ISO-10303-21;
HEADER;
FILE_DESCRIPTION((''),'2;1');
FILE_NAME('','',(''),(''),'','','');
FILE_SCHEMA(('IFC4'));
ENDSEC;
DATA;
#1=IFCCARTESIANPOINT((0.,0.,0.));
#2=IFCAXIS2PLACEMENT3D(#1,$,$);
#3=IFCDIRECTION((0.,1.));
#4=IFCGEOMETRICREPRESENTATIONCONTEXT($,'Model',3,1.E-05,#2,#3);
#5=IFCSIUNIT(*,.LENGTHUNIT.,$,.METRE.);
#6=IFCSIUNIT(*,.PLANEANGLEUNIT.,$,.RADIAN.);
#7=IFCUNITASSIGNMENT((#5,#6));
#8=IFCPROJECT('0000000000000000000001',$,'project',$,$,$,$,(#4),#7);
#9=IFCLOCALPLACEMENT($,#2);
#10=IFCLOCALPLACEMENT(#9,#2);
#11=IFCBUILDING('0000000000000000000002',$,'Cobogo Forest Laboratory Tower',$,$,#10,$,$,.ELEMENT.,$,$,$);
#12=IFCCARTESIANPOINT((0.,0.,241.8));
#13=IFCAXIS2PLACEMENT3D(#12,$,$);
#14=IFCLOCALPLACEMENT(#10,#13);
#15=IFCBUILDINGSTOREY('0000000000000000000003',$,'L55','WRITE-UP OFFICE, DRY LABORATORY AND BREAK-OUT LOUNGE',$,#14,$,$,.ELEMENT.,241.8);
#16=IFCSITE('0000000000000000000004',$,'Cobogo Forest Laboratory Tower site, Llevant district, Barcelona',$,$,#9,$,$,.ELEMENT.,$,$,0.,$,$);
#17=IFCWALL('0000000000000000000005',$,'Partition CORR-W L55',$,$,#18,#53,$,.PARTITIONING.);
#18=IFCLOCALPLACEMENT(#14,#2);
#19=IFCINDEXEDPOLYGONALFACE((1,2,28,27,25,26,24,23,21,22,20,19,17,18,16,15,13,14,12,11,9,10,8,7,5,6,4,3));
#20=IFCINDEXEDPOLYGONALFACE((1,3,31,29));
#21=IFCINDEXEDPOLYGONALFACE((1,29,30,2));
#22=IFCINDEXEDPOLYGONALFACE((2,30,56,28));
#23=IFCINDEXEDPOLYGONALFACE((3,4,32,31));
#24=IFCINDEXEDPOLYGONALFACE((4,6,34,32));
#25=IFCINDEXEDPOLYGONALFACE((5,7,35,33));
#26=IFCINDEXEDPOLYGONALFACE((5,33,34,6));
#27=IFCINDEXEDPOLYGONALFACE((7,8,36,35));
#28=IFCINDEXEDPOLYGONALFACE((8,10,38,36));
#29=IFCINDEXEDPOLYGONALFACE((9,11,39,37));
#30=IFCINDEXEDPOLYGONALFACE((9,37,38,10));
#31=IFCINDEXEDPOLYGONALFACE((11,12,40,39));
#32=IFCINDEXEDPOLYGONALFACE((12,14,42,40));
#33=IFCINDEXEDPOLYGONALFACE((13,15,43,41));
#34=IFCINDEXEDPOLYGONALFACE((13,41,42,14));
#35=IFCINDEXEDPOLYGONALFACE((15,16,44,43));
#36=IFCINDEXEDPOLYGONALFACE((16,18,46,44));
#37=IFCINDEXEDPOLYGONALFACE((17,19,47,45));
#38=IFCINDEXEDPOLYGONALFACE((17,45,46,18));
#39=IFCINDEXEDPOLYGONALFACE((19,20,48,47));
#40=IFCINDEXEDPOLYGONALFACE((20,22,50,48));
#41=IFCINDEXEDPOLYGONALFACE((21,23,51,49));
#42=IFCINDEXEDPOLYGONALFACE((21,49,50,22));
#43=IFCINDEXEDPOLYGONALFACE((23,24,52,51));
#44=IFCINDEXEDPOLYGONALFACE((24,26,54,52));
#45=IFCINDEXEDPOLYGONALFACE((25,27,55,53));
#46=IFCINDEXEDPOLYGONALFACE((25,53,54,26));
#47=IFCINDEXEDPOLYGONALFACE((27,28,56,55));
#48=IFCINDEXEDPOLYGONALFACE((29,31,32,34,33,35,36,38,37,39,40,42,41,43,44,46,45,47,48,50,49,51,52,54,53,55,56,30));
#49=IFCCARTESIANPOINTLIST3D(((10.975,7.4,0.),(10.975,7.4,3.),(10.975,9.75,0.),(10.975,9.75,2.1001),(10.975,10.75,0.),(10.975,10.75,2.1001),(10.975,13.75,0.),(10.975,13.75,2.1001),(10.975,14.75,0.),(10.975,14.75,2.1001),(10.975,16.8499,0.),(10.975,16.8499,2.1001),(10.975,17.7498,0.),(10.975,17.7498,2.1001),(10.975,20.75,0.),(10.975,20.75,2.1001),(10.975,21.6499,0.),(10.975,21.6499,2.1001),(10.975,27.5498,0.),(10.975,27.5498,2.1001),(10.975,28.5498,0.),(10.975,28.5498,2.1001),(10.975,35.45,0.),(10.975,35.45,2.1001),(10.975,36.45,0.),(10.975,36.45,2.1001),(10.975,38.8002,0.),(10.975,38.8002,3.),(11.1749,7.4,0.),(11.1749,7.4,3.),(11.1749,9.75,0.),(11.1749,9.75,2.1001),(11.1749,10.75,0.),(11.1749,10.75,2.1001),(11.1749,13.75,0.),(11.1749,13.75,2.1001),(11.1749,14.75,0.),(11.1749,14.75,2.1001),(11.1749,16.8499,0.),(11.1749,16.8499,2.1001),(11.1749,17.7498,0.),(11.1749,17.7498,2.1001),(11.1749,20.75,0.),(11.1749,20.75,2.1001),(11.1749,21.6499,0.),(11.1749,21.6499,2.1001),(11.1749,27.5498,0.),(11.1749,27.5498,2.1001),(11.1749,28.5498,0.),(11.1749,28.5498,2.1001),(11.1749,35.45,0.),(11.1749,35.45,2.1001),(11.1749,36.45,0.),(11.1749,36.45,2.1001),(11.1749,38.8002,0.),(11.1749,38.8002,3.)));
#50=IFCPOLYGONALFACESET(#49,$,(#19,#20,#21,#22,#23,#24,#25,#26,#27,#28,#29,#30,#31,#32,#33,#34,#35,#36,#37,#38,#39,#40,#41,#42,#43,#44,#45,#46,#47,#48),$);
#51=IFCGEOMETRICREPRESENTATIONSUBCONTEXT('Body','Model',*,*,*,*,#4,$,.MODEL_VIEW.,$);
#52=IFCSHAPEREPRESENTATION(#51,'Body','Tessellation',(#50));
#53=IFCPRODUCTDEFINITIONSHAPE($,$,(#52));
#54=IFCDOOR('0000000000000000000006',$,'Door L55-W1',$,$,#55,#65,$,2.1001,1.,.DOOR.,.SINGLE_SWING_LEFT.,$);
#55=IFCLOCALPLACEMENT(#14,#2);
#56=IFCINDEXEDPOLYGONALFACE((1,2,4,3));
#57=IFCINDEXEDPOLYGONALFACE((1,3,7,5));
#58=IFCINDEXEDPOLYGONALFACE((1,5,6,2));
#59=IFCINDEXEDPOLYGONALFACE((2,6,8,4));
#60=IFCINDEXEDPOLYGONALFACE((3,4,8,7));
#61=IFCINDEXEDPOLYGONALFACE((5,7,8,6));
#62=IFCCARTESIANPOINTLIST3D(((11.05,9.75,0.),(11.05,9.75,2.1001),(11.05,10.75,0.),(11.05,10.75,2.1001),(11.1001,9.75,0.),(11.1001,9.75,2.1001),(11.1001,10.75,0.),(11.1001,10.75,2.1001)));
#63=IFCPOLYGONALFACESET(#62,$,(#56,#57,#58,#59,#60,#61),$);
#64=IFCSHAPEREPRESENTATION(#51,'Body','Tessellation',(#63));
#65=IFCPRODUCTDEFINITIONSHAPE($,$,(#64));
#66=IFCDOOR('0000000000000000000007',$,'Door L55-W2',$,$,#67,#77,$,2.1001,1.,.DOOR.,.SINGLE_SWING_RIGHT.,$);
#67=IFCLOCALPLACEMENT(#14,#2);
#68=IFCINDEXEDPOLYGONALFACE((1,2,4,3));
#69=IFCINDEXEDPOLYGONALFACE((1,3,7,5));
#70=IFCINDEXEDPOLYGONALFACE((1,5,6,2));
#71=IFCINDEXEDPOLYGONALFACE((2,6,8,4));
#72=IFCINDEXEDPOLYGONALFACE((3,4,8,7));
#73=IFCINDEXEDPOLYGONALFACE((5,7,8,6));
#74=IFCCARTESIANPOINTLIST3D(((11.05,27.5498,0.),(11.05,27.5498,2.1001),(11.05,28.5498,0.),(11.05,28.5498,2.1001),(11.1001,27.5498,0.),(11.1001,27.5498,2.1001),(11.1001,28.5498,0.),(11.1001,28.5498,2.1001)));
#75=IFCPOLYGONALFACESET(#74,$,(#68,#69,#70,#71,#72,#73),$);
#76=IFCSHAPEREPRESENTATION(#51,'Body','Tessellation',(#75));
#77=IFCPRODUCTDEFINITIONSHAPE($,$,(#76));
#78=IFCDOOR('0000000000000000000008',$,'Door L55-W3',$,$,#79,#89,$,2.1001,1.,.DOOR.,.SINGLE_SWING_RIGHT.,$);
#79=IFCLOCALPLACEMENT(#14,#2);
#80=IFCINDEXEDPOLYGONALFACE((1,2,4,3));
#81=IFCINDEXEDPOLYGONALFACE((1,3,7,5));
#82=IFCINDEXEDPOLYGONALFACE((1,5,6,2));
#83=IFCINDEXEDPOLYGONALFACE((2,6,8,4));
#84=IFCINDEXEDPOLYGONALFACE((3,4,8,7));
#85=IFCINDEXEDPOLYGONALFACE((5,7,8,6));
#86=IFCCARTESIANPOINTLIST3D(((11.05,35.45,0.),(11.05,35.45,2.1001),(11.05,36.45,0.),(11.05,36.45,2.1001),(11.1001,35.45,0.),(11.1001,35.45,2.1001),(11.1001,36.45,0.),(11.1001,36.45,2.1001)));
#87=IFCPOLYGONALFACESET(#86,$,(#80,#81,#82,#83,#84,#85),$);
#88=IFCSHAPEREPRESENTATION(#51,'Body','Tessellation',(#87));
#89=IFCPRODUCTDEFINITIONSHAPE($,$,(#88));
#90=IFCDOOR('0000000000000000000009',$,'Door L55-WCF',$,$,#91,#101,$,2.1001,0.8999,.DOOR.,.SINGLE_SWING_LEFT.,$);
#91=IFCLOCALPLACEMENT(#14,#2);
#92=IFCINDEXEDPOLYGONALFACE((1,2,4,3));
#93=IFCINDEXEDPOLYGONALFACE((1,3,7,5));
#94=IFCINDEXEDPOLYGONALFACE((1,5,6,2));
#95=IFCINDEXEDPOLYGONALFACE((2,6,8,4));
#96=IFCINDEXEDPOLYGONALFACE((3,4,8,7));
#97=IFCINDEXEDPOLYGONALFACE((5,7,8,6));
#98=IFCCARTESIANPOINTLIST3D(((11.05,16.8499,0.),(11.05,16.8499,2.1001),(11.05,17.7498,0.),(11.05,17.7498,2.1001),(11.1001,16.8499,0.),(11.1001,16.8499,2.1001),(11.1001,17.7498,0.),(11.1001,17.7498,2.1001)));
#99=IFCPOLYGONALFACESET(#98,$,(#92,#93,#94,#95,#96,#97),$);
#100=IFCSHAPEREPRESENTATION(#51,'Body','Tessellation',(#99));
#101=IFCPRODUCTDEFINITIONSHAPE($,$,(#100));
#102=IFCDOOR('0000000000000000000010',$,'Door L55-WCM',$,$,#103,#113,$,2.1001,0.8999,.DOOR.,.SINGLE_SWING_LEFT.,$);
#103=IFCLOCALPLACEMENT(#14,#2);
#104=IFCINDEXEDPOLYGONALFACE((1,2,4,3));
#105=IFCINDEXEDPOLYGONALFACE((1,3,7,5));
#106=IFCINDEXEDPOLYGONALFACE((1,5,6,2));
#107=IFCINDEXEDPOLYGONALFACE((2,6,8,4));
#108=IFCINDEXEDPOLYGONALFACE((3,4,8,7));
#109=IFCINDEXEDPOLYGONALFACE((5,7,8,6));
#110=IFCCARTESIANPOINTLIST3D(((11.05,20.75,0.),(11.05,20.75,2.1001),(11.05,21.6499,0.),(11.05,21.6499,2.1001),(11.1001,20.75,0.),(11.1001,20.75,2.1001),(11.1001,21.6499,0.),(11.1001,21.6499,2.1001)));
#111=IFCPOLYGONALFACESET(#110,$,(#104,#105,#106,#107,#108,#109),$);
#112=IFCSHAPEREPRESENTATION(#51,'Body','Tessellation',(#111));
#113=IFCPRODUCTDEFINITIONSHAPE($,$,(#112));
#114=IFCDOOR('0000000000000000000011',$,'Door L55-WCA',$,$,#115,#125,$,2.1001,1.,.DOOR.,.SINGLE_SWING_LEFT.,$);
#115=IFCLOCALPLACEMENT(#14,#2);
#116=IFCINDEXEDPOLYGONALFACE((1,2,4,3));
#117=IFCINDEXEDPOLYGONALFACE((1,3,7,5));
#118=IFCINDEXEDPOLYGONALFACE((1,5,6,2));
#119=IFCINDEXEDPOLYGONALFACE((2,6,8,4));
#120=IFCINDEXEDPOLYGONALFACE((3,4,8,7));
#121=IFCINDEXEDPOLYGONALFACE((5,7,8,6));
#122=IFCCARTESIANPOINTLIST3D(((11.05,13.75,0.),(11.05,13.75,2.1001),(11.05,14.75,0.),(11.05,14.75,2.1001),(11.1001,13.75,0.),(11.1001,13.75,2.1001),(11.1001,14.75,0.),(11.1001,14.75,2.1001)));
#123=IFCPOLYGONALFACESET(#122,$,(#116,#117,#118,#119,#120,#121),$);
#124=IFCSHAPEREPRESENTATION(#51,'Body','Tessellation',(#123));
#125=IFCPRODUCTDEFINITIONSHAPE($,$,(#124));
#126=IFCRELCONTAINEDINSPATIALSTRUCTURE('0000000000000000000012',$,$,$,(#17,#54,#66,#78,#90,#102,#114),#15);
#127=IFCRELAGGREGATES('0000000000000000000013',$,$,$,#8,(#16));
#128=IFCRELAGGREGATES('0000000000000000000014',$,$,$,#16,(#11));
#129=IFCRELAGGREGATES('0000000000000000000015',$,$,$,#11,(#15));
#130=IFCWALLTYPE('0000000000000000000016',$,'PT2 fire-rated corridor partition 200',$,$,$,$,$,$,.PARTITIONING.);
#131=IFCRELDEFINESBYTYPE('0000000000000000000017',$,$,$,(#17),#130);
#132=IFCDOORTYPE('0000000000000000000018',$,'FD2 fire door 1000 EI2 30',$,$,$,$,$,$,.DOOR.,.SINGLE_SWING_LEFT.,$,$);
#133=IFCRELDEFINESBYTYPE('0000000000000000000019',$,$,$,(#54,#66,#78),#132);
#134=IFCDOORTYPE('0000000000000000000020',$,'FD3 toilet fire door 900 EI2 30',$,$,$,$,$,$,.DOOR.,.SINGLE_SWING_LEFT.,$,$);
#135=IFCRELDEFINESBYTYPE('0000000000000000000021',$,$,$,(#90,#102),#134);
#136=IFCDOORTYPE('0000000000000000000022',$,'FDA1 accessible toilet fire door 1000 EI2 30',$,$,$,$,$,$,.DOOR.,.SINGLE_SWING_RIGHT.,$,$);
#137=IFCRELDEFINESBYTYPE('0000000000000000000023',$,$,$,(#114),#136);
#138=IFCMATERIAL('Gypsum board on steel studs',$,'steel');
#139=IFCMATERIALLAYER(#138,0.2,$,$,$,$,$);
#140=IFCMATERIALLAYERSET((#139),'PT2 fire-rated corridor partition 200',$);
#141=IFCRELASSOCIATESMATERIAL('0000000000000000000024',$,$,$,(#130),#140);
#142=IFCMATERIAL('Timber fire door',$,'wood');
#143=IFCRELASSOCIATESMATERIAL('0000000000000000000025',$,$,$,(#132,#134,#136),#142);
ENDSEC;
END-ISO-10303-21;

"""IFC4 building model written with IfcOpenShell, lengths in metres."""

from ifc_helpers import new_model, si_unit, direction, frame, frame_2d, origin, place, context, subcontext, project, spatial, rectangle, extrude, material, layer, layer_set, type_object, element, fill, save


model = new_model("IFC4")

# Units and contexts
model_context = context("Model", 3, precision=1e-05, world=origin(), true_north=direction((0.0, 1.0)))
body_context = subcontext(model_context, "Body", "Model", "MODEL_VIEW")
ifc_project = project(units=[si_unit("LENGTHUNIT", "METRE"), si_unit("PLANEANGLEUNIT", "RADIAN")], contexts=[model_context])

# Site, building, storey
site_placement = place(None, origin())
site = spatial("IfcSite", under=ifc_project, at=site_placement, Name="Cobogo Forest Laboratory Tower site, Llevant district, Barcelona", CompositionType="ELEMENT", RefElevation=0.0)
building_placement = place(site_placement, origin())
building = spatial("IfcBuilding", under=site, at=building_placement, Name="Cobogo Forest Laboratory Tower", CompositionType="ELEMENT")
storey_placement = place(building_placement, frame((0.0, 0.0, 241.8)))
storey = spatial("IfcBuildingStorey", under=building, at=storey_placement, Name="L55", Description="WRITE-UP OFFICE, DRY LABORATORY AND BREAK-OUT LOUNGE", CompositionType="ELEMENT", Elevation=241.8)

# Shared definitions
ifc_material_1 = material(Name="Gypsum board on steel studs", Category="steel")

# Wall, openings, doors
ifc_layer_1 = layer(ifc_material_1, 0.2)
ifc_layer_set_1 = layer_set([ifc_layer_1], Name="PT2 fire-rated corridor partition 200")
wall_type_1 = type_object("IfcWallType", Name="PT2 fire-rated corridor partition 200", PredefinedType="PARTITIONING", material=ifc_layer_set_1)
ifc_material_2 = material(Name="Timber fire door", Category="wood")
door_type_1 = type_object("IfcDoorType", Name="FD2 fire door 1000 EI2 30", OperationType="SINGLE_SWING_LEFT", PredefinedType="DOOR", material=ifc_material_2)
wall_1_placement = place(storey_placement, frame((11.075, 7.3999, 0.0), z_axis=(0.0, 0.0, 1.0), x_axis=(0.0, 1.0, 0.0)))
wall_1 = element("IfcWall", 1, at=wall_1_placement, inside=storey, type_object=wall_type_1, Name="Partition CORR-W L55", PredefinedType="PARTITIONING", context=body_context, shape_type="SweptSolid", body=[
    extrude(rectangle(XDim=31.4001, YDim=0.2, at=frame_2d((15.7002, 0.0))), origin(), (0.0, 0.0, 1.0), 3.0),
])
opening_1_placement = place(wall_1_placement, frame((2.3501, 0.0, 0.0)))
opening_1 = element("IfcOpeningElement", 2, at=opening_1_placement, cuts=wall_1, PredefinedType="OPENING", context=body_context, shape_type="SweptSolid", body=[
    extrude(rectangle(XDim=1.0, YDim=2.1001, at=frame_2d((0.5, 1.05))), frame((0.0, 0.1099, 0.0), z_axis=(0.0, -1.0, 0.0), x_axis=(1.0, 0.0, 0.0)), (0.0, 0.0, 1.0), 0.22),
])
opening_2_placement = place(wall_1_placement, frame((6.3501, 0.0, 0.0)))
opening_2 = element("IfcOpeningElement", 3, at=opening_2_placement, cuts=wall_1, PredefinedType="OPENING", context=body_context, shape_type="SweptSolid", body=[
    extrude(rectangle(XDim=1.0, YDim=2.1001, at=frame_2d((0.5, 1.05))), frame((0.0, 0.1099, 0.0), z_axis=(0.0, -1.0, 0.0), x_axis=(1.0, 0.0, 0.0)), (0.0, 0.0, 1.0), 0.22),
])
opening_3_placement = place(wall_1_placement, frame((9.45, 0.0, 0.0)))
opening_3 = element("IfcOpeningElement", 4, at=opening_3_placement, cuts=wall_1, PredefinedType="OPENING", context=body_context, shape_type="SweptSolid", body=[
    extrude(rectangle(XDim=0.8999, YDim=2.1001, at=frame_2d((0.45, 1.05))), frame((0.0, 0.1099, 0.0), z_axis=(0.0, -1.0, 0.0), x_axis=(1.0, 0.0, 0.0)), (0.0, 0.0, 1.0), 0.22),
])
opening_4_placement = place(wall_1_placement, frame((13.3501, 0.0, 0.0)))
opening_4 = element("IfcOpeningElement", 5, at=opening_4_placement, cuts=wall_1, PredefinedType="OPENING", context=body_context, shape_type="SweptSolid", body=[
    extrude(rectangle(XDim=0.8999, YDim=2.1001, at=frame_2d((0.45, 1.05))), frame((0.0, 0.1099, 0.0), z_axis=(0.0, -1.0, 0.0), x_axis=(1.0, 0.0, 0.0)), (0.0, 0.0, 1.0), 0.22),
])
opening_5_placement = place(wall_1_placement, frame((20.1499, 0.0, 0.0)))
opening_5 = element("IfcOpeningElement", 6, at=opening_5_placement, cuts=wall_1, PredefinedType="OPENING", context=body_context, shape_type="SweptSolid", body=[
    extrude(rectangle(XDim=1.0, YDim=2.1001, at=frame_2d((0.5, 1.05))), frame((0.0, 0.1099, 0.0), z_axis=(0.0, -1.0, 0.0), x_axis=(1.0, 0.0, 0.0)), (0.0, 0.0, 1.0), 0.22),
])
opening_6_placement = place(wall_1_placement, frame((28.05, 0.0, 0.0)))
opening_6 = element("IfcOpeningElement", 7, at=opening_6_placement, cuts=wall_1, PredefinedType="OPENING", context=body_context, shape_type="SweptSolid", body=[
    extrude(rectangle(XDim=1.0, YDim=2.1001, at=frame_2d((0.5, 1.05))), frame((0.0, 0.1099, 0.0), z_axis=(0.0, -1.0, 0.0), x_axis=(1.0, 0.0, 0.0)), (0.0, 0.0, 1.0), 0.22),
])
door_1_placement = place(opening_1_placement, origin())
door_1 = element("IfcDoor", 8, at=door_1_placement, inside=storey, type_object=door_type_1, Name="Door L55-W1", OperationType="SINGLE_SWING_LEFT", OverallHeight=2.1001, OverallWidth=1.0, PredefinedType="DOOR", context=body_context, shape_type="SweptSolid", body=[
    extrude(rectangle(XDim=1.0, YDim=2.1001, at=frame_2d((0.5, 1.05))), frame((0.0, 0.0249, 0.0), z_axis=(0.0, -1.0, 0.0), x_axis=(1.0, 0.0, 0.0)), (0.0, 0.0, 1.0), 0.05),
])
fill(opening_1, door_1)
door_2_placement = place(opening_5_placement, origin())
door_2 = element("IfcDoor", 9, at=door_2_placement, inside=storey, type_object=door_type_1, Name="Door L55-W2", OperationType="SINGLE_SWING_RIGHT", OverallHeight=2.1001, OverallWidth=1.0, PredefinedType="DOOR", context=body_context, shape_type="SweptSolid", body=[
    extrude(rectangle(XDim=1.0, YDim=2.1001, at=frame_2d((0.5, 1.05))), frame((0.0, 0.0249, 0.0), z_axis=(0.0, -1.0, 0.0), x_axis=(1.0, 0.0, 0.0)), (0.0, 0.0, 1.0), 0.05),
])
fill(opening_5, door_2)
door_3_placement = place(opening_6_placement, origin())
door_3 = element("IfcDoor", 10, at=door_3_placement, inside=storey, type_object=door_type_1, Name="Door L55-W3", OperationType="SINGLE_SWING_RIGHT", OverallHeight=2.1001, OverallWidth=1.0, PredefinedType="DOOR", context=body_context, shape_type="SweptSolid", body=[
    extrude(rectangle(XDim=1.0, YDim=2.1001, at=frame_2d((0.5, 1.05))), frame((0.0, 0.0249, 0.0), z_axis=(0.0, -1.0, 0.0), x_axis=(1.0, 0.0, 0.0)), (0.0, 0.0, 1.0), 0.05),
])
fill(opening_6, door_3)
door_type_2 = type_object("IfcDoorType", Name="FD3 toilet fire door 900 EI2 30", OperationType="SINGLE_SWING_LEFT", PredefinedType="DOOR", material=ifc_material_2)
door_4_placement = place(opening_3_placement, origin())
door_4 = element("IfcDoor", 11, at=door_4_placement, inside=storey, type_object=door_type_2, Name="Door L55-WCF", OperationType="SINGLE_SWING_LEFT", OverallHeight=2.1001, OverallWidth=0.8999, PredefinedType="DOOR", context=body_context, shape_type="SweptSolid", body=[
    extrude(rectangle(XDim=0.8999, YDim=2.1001, at=frame_2d((0.45, 1.05))), frame((0.0, 0.0249, 0.0), z_axis=(0.0, -1.0, 0.0), x_axis=(1.0, 0.0, 0.0)), (0.0, 0.0, 1.0), 0.05),
])
fill(opening_3, door_4)
door_5_placement = place(opening_4_placement, origin())
door_5 = element("IfcDoor", 12, at=door_5_placement, inside=storey, type_object=door_type_2, Name="Door L55-WCM", OperationType="SINGLE_SWING_LEFT", OverallHeight=2.1001, OverallWidth=0.8999, PredefinedType="DOOR", context=body_context, shape_type="SweptSolid", body=[
    extrude(rectangle(XDim=0.8999, YDim=2.1001, at=frame_2d((0.45, 1.05))), frame((0.0, 0.0249, 0.0), z_axis=(0.0, -1.0, 0.0), x_axis=(1.0, 0.0, 0.0)), (0.0, 0.0, 1.0), 0.05),
])
fill(opening_4, door_5)
door_type_3 = type_object("IfcDoorType", Name="FDA1 accessible toilet fire door 1000 EI2 30", OperationType="SINGLE_SWING_RIGHT", PredefinedType="DOOR", material=ifc_material_2)
door_6_placement = place(opening_2_placement, origin())
door_6 = element("IfcDoor", 13, at=door_6_placement, inside=storey, type_object=door_type_3, Name="Door L55-WCA", OperationType="SINGLE_SWING_LEFT", OverallHeight=2.1001, OverallWidth=1.0, PredefinedType="DOOR", context=body_context, shape_type="SweptSolid", body=[
    extrude(rectangle(XDim=1.0, YDim=2.1001, at=frame_2d((0.5, 1.05))), frame((0.0, 0.0249, 0.0), z_axis=(0.0, -1.0, 0.0), x_axis=(1.0, 0.0, 0.0)), (0.0, 0.0, 1.0), 0.05),
])
fill(opening_2, door_6)

save(model, "model.ifc")
